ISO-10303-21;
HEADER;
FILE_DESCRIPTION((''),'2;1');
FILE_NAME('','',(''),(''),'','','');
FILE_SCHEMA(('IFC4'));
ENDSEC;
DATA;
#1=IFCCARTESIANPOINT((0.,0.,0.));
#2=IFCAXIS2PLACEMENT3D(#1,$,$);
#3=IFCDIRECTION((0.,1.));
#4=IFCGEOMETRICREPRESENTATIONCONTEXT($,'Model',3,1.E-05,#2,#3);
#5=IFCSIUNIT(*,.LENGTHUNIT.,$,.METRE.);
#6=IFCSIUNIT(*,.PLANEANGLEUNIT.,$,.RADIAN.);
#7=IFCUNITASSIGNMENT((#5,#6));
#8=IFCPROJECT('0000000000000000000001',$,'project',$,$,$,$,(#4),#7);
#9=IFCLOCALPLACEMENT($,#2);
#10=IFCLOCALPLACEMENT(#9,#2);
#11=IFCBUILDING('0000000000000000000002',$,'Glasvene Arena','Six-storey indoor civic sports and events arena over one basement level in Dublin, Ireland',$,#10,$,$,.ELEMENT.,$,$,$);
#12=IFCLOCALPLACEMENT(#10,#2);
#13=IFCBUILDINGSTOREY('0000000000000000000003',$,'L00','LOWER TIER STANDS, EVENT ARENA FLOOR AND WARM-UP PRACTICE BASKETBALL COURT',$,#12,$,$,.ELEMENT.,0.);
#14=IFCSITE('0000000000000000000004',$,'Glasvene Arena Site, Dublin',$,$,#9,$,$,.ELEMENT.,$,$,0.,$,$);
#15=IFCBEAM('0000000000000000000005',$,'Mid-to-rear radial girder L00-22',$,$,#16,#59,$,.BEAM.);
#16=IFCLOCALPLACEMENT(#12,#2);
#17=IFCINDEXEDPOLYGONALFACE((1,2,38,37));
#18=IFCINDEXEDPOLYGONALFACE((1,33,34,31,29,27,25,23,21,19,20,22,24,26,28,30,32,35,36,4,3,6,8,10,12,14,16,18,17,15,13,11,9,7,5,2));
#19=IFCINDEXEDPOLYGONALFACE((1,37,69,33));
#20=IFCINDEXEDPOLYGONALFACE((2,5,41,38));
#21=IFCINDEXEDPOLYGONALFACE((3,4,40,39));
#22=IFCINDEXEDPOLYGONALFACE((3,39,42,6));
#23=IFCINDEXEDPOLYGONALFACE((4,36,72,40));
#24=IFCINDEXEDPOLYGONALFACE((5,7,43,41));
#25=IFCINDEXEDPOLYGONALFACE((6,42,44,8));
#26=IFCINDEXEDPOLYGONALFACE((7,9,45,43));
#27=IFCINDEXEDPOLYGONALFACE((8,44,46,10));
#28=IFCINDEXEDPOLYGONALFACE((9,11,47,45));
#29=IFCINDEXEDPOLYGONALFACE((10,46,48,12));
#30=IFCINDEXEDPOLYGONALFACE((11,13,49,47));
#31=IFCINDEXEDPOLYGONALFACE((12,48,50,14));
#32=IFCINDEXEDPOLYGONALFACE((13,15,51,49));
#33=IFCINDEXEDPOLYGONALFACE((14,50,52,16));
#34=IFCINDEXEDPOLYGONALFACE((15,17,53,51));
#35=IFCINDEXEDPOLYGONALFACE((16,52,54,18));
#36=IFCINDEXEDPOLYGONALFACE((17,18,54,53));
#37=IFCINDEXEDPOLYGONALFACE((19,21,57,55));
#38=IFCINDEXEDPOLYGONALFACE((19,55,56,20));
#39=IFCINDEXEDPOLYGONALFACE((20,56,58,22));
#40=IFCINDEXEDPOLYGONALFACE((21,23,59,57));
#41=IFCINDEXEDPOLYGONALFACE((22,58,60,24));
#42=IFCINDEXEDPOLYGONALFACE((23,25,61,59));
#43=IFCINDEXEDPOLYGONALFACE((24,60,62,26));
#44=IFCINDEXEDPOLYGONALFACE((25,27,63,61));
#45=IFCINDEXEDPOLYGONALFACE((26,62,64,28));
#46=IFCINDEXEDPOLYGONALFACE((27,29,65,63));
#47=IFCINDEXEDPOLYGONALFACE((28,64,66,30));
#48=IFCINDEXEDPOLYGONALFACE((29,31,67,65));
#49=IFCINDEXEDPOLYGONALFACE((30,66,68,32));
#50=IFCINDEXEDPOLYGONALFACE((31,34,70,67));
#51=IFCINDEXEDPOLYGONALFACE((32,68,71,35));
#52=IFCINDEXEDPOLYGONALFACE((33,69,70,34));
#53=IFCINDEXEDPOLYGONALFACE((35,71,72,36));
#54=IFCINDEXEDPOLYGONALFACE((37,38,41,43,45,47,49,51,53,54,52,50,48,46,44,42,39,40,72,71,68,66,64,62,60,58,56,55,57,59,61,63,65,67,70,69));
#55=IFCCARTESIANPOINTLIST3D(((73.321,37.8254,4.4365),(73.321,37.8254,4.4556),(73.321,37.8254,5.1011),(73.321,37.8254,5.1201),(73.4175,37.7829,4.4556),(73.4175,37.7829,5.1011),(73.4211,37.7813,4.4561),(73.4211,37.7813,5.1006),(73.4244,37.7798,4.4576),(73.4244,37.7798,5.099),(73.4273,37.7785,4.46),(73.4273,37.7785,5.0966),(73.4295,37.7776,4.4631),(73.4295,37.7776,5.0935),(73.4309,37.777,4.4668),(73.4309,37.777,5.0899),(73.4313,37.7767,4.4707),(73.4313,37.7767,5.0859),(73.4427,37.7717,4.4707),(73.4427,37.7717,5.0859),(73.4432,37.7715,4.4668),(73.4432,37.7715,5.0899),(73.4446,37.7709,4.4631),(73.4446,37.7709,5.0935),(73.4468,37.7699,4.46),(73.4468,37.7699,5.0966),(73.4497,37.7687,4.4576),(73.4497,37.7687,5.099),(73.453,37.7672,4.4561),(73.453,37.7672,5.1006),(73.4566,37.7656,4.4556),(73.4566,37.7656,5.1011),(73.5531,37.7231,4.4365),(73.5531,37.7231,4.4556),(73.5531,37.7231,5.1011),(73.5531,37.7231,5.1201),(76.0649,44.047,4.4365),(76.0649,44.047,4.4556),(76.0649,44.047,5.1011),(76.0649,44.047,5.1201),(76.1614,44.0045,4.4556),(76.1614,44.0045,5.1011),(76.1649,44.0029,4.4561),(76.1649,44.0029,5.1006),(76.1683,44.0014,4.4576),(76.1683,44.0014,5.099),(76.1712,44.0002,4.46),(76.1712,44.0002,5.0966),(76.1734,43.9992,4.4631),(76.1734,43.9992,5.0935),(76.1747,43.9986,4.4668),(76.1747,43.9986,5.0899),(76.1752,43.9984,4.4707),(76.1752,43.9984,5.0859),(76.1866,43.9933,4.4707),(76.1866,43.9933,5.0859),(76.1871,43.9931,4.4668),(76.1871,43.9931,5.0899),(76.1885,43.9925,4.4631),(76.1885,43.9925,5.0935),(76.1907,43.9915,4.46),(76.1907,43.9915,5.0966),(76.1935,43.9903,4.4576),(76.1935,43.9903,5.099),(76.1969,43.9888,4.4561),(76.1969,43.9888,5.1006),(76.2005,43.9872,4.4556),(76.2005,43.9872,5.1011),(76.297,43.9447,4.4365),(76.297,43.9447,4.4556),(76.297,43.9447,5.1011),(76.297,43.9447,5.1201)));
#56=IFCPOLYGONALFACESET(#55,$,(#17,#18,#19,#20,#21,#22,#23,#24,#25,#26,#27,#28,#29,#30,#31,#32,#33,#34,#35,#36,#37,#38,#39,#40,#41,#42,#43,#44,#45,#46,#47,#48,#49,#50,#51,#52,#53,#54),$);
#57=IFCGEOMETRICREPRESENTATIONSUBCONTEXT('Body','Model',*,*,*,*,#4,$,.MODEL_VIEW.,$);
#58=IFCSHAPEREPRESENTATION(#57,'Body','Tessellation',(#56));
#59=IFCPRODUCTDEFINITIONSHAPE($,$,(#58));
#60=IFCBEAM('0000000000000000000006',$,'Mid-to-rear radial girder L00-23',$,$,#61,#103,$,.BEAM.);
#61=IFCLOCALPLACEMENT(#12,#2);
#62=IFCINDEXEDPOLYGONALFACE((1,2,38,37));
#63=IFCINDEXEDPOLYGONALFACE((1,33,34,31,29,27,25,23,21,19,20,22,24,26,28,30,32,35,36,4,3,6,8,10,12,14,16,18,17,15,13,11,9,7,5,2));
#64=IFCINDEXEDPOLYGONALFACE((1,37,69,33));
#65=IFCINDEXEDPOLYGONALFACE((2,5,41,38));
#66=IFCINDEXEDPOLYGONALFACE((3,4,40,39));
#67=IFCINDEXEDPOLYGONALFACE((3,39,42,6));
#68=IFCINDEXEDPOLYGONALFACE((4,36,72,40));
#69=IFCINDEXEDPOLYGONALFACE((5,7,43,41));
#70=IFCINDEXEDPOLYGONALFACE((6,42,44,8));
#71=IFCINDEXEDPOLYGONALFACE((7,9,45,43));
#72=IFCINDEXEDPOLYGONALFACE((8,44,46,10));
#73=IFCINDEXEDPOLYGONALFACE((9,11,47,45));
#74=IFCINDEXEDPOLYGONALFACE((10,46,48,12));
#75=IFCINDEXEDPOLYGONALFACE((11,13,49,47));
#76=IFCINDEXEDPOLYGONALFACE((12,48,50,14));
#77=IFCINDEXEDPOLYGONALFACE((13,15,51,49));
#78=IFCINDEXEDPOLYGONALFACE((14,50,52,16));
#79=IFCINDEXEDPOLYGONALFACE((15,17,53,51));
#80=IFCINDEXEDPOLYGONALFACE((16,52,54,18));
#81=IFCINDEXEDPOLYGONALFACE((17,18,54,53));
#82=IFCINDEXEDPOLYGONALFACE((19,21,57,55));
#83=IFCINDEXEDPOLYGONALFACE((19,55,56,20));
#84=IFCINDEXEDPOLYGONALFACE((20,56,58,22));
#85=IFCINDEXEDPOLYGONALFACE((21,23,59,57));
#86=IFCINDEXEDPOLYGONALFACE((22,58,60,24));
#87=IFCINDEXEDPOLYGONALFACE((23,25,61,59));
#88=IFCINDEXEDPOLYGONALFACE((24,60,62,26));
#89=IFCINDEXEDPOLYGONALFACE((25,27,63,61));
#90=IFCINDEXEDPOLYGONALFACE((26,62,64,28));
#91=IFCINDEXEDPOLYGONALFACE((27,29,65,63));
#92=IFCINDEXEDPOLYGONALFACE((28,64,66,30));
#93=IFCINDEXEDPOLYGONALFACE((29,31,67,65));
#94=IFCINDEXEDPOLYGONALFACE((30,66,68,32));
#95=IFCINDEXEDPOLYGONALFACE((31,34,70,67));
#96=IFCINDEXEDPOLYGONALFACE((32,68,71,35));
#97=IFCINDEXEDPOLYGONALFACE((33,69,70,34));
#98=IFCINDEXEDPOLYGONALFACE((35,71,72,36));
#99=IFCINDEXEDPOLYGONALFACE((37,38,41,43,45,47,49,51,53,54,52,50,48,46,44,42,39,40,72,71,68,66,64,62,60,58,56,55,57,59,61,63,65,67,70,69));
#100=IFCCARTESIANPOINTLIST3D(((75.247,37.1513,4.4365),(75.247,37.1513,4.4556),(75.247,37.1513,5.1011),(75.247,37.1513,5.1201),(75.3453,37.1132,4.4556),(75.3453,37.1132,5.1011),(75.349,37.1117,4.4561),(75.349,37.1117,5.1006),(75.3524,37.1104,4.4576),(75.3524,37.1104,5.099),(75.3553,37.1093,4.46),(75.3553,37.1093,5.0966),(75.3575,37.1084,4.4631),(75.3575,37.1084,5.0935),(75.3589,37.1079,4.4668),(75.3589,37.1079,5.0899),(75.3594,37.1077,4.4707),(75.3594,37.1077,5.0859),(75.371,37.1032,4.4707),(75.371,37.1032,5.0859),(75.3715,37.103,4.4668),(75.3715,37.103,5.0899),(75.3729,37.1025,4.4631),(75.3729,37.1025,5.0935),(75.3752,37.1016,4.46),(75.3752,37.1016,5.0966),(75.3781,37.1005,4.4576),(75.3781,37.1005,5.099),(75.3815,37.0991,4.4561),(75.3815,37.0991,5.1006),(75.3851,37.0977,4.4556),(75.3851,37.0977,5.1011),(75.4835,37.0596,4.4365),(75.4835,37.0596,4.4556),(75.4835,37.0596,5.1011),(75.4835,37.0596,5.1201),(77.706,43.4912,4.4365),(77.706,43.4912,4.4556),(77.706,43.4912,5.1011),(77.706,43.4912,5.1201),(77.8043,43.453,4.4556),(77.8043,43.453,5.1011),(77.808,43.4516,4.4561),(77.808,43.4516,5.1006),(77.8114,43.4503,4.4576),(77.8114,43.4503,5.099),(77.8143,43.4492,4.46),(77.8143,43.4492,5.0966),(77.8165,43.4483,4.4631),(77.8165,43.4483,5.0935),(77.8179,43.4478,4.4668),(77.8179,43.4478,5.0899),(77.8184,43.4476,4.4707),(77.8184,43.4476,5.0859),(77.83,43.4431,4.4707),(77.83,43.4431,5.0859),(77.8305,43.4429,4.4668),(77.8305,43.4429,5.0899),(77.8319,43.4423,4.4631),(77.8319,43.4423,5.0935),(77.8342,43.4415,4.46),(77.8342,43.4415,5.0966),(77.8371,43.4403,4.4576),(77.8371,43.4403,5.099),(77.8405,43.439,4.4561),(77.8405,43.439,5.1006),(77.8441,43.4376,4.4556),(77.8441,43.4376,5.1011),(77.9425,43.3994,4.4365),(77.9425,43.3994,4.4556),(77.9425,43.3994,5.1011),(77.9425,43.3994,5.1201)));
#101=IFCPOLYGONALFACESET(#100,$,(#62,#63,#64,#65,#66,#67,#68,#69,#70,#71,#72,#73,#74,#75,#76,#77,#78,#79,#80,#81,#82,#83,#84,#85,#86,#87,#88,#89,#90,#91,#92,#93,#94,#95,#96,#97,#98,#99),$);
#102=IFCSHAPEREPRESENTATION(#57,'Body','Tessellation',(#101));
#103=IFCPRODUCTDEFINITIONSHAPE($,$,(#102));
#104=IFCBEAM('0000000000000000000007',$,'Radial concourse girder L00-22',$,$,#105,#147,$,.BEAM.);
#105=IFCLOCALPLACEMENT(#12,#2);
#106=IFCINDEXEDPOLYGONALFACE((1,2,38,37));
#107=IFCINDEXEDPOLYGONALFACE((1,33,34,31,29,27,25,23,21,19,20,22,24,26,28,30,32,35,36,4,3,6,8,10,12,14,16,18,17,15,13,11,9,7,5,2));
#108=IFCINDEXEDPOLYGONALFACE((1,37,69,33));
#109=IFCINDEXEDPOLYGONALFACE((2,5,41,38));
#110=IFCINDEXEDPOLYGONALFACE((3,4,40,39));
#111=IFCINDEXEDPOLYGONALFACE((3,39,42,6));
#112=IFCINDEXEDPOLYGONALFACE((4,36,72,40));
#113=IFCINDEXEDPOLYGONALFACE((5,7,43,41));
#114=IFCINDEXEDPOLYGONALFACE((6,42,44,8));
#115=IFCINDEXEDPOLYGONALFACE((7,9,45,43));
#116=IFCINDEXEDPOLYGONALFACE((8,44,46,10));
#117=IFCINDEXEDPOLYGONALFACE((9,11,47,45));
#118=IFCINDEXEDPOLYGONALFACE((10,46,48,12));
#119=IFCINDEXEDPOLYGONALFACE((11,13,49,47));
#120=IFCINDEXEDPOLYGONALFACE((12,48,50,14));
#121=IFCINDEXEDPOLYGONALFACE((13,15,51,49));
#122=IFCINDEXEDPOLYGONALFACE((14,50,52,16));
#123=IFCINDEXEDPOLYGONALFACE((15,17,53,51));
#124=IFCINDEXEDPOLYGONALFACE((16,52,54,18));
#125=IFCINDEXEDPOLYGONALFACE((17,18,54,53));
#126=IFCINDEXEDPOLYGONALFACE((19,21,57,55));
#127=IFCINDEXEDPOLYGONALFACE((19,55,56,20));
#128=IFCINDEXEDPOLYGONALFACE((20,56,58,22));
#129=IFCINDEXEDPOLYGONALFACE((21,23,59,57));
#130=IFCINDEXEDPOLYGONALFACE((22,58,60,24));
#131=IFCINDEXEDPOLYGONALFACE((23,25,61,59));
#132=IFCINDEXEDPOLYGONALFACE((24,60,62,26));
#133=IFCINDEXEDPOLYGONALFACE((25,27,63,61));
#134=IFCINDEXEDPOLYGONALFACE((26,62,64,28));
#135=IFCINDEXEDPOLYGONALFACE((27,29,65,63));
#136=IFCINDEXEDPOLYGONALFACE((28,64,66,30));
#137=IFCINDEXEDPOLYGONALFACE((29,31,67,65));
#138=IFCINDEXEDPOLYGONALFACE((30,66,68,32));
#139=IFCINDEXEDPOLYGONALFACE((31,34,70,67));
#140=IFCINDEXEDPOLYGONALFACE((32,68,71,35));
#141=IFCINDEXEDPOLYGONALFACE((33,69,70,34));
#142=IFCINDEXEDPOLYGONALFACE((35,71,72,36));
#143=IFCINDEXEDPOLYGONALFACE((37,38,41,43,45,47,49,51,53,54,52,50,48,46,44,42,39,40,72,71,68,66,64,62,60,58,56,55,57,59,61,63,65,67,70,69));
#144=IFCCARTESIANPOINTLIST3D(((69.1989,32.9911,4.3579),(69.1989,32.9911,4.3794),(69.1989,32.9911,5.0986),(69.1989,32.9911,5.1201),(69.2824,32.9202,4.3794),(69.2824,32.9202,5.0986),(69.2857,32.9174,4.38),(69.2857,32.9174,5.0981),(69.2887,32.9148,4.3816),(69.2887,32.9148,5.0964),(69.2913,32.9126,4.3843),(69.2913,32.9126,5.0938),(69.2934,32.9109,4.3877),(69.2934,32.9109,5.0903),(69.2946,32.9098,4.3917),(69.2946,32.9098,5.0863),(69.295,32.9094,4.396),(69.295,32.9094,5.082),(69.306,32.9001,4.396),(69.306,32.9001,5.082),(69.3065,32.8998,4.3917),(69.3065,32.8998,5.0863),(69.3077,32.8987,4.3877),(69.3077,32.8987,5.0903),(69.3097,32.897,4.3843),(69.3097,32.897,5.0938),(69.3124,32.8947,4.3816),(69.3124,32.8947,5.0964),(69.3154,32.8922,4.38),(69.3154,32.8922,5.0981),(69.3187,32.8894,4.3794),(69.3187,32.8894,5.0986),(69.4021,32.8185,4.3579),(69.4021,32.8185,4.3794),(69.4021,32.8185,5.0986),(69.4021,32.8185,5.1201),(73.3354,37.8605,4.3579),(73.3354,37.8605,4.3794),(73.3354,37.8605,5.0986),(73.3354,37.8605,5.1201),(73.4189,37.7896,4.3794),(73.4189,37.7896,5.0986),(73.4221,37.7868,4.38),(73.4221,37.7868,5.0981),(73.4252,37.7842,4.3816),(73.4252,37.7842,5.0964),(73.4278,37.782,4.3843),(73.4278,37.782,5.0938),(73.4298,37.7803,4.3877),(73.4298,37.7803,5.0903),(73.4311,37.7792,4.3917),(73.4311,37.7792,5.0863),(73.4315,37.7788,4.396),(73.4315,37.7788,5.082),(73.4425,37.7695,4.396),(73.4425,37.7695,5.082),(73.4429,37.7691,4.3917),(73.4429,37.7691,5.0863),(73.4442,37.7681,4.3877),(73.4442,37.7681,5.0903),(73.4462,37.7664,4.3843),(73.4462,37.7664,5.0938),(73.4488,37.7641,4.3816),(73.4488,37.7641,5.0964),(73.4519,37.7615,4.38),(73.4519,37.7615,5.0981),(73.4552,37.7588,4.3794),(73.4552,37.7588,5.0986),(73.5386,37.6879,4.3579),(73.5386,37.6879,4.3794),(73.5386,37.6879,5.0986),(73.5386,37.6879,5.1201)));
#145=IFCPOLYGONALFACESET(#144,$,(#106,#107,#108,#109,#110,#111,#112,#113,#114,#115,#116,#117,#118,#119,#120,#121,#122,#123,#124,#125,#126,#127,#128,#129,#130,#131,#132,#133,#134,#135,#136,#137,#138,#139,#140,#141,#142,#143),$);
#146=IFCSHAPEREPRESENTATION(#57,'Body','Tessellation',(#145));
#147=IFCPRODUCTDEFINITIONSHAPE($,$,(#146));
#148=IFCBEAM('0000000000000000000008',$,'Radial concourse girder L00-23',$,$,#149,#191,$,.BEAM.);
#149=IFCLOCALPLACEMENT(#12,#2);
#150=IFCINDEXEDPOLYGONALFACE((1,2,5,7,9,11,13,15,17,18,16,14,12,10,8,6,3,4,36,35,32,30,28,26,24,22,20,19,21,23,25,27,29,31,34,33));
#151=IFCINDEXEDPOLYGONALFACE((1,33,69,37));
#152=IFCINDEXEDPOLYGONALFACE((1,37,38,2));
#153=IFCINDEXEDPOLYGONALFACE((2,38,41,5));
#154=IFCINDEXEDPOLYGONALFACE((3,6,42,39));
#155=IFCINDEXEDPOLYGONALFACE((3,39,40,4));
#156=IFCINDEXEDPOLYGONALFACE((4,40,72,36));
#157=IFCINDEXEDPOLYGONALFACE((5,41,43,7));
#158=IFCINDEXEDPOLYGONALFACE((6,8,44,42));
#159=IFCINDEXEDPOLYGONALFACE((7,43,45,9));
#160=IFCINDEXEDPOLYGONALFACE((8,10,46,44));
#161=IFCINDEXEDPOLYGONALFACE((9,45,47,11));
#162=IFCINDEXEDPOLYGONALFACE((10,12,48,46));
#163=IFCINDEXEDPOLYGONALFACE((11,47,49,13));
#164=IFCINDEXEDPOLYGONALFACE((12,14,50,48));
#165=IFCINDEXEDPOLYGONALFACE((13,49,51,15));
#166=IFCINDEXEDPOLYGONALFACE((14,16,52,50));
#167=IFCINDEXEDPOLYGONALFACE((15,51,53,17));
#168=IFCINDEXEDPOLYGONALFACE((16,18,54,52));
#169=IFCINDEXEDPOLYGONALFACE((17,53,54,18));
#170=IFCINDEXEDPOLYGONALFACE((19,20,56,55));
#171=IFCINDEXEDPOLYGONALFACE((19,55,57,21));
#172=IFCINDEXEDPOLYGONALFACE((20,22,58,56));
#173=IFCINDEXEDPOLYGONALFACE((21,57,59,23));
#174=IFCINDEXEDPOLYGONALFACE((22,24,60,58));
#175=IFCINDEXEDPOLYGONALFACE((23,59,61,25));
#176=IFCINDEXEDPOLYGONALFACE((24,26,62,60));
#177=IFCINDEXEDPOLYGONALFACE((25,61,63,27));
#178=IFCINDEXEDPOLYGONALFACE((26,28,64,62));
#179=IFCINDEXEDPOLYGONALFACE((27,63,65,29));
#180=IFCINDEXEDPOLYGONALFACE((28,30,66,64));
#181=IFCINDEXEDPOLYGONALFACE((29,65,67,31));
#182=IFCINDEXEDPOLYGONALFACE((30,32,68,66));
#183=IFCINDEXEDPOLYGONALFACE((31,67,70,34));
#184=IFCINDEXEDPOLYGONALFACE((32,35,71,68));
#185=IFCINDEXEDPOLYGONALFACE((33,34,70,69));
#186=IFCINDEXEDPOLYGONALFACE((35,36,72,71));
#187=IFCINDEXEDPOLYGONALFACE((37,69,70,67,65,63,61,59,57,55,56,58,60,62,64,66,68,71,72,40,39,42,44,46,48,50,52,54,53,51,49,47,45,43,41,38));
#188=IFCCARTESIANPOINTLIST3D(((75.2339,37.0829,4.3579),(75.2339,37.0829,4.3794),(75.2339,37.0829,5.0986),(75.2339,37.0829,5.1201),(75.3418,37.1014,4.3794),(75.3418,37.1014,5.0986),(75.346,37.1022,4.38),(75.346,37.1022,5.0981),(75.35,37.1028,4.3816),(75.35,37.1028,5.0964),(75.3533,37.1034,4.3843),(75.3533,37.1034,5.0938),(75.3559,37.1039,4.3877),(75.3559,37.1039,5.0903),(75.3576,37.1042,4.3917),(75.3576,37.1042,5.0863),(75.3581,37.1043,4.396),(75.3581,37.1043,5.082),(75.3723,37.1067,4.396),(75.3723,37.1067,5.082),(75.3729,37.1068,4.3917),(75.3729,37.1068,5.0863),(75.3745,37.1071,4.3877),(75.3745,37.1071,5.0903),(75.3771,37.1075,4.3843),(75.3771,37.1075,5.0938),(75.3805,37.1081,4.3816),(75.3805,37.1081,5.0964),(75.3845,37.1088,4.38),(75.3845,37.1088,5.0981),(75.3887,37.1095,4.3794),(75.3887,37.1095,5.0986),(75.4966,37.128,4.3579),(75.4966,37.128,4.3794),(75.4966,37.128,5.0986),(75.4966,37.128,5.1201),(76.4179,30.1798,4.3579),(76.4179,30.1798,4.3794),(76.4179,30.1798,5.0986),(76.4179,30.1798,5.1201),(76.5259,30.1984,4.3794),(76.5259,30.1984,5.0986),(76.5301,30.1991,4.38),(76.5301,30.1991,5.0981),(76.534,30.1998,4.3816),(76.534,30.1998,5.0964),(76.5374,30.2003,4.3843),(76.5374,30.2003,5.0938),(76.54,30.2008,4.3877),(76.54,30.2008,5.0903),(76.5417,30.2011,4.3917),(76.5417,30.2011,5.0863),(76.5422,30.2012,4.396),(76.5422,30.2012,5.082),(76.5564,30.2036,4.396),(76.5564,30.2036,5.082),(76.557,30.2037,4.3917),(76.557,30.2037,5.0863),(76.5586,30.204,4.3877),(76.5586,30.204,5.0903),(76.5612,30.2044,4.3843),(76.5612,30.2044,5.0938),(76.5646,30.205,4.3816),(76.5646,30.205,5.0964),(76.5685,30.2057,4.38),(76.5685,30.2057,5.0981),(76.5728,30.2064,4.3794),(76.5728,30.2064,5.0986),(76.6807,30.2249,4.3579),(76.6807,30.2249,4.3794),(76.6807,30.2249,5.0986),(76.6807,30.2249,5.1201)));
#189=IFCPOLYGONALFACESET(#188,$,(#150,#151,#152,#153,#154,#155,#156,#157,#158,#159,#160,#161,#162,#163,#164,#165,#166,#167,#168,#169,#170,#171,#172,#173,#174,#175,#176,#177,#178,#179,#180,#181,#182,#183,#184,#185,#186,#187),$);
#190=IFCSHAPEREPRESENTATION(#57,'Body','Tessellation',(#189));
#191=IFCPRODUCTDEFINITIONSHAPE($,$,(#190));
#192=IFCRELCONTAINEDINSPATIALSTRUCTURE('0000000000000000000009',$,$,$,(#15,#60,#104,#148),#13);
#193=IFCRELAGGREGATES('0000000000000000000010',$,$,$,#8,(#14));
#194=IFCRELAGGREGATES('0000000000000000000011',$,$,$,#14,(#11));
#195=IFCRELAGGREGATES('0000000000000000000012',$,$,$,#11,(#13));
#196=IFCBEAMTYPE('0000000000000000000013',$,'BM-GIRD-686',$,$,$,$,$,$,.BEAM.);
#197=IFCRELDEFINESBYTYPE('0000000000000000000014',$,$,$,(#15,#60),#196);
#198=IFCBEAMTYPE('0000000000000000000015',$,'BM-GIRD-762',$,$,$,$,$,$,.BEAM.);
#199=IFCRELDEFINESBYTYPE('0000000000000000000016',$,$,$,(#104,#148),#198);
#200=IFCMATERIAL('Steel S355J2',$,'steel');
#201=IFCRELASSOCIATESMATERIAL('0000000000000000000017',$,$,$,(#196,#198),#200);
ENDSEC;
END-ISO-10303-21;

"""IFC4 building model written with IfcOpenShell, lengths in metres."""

from ifc_helpers import new_model, si_unit, direction, frame, origin, origin_2d, place, context, subcontext, project, spatial, i_section, extrude, material, material_profile, profile_set, type_object, element, save


model = new_model("IFC4")

# Units and contexts
model_context = context("Model", 3, precision=1e-05, world=origin(), true_north=direction((0.0, 1.0)))
body_context = subcontext(model_context, "Body", "Model", "MODEL_VIEW")
ifc_project = project(units=[si_unit("LENGTHUNIT", "METRE"), si_unit("PLANEANGLEUNIT", "RADIAN")], contexts=[model_context])

# Site, building, storey
site_placement = place(None, origin())
site = spatial("IfcSite", under=ifc_project, at=site_placement, Name="Glasvene Arena Site, Dublin", CompositionType="ELEMENT", RefElevation=0.0)
building_placement = place(site_placement, origin())
building = spatial("IfcBuilding", under=site, at=building_placement, Name="Glasvene Arena", Description="Six-storey indoor civic sports and events arena over one basement level in Dublin, Ireland", CompositionType="ELEMENT")
storey_placement = place(building_placement, origin())
storey = spatial("IfcBuildingStorey", under=building, at=storey_placement, Name="L00", Description="LOWER TIER STANDS, EVENT ARENA FLOOR AND WARM-UP PRACTICE BASKETBALL COURT", CompositionType="ELEMENT", Elevation=0.0)

# Shared definitions
ifc_material_1 = material(Name="Steel S355J2", Category="steel")

# Beams
ifc_material_profile_1 = material_profile(ifc_material_1, i_section(OverallWidth=0.2537, OverallDepth=0.6836, WebThickness=0.0125, FlangeThickness=0.019, FilletRadius=0.0151, at=origin_2d()), Name="UKB 686x254x140")
ifc_profile_set_1 = profile_set([ifc_material_profile_1], Name="Steel S355J2")
beam_type_1 = type_object("IfcBeamType", Name="BM-GIRD-686", PredefinedType="BEAM", material=ifc_profile_set_1)
beam_1_placement = place(storey_placement, frame((76.1809, 43.9958, 4.7783), z_axis=(-0.403522, -0.91497, 0.0), x_axis=(0.91497, -0.403522, 0.0)))
element("IfcBeam", 1, at=beam_1_placement, inside=storey, type_object=beam_type_1, Name="Mid-to-rear radial girder L00-22", PredefinedType="BEAM", context=body_context, shape_type="SweptSolid", body=[
    extrude(i_section(OverallWidth=0.2537, OverallDepth=0.6836, WebThickness=0.0125, FlangeThickness=0.019, FilletRadius=0.0151, at=origin_2d()), origin(), (0.0, 0.0, 1.0), 6.7998),
])
beam_2_placement = place(storey_placement, frame((77.8242, 43.4453, 4.7783), z_axis=(-0.361614, -0.932328, 0.0), x_axis=(0.932328, -0.361614, 0.0)))
element("IfcBeam", 2, at=beam_2_placement, inside=storey, type_object=beam_type_1, Name="Mid-to-rear radial girder L00-23", PredefinedType="BEAM", context=body_context, shape_type="SweptSolid", body=[
    extrude(i_section(OverallWidth=0.2537, OverallDepth=0.6836, WebThickness=0.0125, FlangeThickness=0.019, FilletRadius=0.0151, at=origin_2d()), origin(), (0.0, 0.0, 1.0), 6.8),
])
ifc_material_profile_2 = material_profile(ifc_material_1, i_section(OverallWidth=0.2666, OverallDepth=0.7622, WebThickness=0.0144, FlangeThickness=0.0215, FilletRadius=0.0166, at=origin_2d()), Name="UKB 762x267x173")
ifc_profile_set_2 = profile_set([ifc_material_profile_2], Name="Steel S355J2")
beam_type_2 = type_object("IfcBeamType", Name="BM-GIRD-762", PredefinedType="BEAM", material=ifc_profile_set_2)
beam_3_placement = place(storey_placement, frame((73.437, 37.7742, 4.739), z_axis=(-0.647421, -0.762133, 0.0), x_axis=(0.762133, -0.647421, 0.0)))
element("IfcBeam", 3, at=beam_3_placement, inside=storey, type_object=beam_type_2, Name="Radial concourse girder L00-22", PredefinedType="BEAM", context=body_context, shape_type="SweptSolid", body=[
    extrude(i_section(OverallWidth=0.2666, OverallDepth=0.7622, WebThickness=0.0144, FlangeThickness=0.0215, FilletRadius=0.0166, at=origin_2d()), origin(), (0.0, 0.0, 1.0), 6.3892),
])
beam_4_placement = place(storey_placement, frame((75.3652, 37.1055, 4.739), z_axis=(0.169061, -0.985606, 0.0), x_axis=(0.985606, 0.169061, 0.0)))
element("IfcBeam", 4, at=beam_4_placement, inside=storey, type_object=beam_type_2, Name="Radial concourse girder L00-23", PredefinedType="BEAM", context=body_context, shape_type="SweptSolid", body=[
    extrude(i_section(OverallWidth=0.2666, OverallDepth=0.7622, WebThickness=0.0144, FlangeThickness=0.0215, FilletRadius=0.0166, at=origin_2d()), origin(), (0.0, 0.0, 1.0), 7.0039),
])

save(model, "model.ifc")
